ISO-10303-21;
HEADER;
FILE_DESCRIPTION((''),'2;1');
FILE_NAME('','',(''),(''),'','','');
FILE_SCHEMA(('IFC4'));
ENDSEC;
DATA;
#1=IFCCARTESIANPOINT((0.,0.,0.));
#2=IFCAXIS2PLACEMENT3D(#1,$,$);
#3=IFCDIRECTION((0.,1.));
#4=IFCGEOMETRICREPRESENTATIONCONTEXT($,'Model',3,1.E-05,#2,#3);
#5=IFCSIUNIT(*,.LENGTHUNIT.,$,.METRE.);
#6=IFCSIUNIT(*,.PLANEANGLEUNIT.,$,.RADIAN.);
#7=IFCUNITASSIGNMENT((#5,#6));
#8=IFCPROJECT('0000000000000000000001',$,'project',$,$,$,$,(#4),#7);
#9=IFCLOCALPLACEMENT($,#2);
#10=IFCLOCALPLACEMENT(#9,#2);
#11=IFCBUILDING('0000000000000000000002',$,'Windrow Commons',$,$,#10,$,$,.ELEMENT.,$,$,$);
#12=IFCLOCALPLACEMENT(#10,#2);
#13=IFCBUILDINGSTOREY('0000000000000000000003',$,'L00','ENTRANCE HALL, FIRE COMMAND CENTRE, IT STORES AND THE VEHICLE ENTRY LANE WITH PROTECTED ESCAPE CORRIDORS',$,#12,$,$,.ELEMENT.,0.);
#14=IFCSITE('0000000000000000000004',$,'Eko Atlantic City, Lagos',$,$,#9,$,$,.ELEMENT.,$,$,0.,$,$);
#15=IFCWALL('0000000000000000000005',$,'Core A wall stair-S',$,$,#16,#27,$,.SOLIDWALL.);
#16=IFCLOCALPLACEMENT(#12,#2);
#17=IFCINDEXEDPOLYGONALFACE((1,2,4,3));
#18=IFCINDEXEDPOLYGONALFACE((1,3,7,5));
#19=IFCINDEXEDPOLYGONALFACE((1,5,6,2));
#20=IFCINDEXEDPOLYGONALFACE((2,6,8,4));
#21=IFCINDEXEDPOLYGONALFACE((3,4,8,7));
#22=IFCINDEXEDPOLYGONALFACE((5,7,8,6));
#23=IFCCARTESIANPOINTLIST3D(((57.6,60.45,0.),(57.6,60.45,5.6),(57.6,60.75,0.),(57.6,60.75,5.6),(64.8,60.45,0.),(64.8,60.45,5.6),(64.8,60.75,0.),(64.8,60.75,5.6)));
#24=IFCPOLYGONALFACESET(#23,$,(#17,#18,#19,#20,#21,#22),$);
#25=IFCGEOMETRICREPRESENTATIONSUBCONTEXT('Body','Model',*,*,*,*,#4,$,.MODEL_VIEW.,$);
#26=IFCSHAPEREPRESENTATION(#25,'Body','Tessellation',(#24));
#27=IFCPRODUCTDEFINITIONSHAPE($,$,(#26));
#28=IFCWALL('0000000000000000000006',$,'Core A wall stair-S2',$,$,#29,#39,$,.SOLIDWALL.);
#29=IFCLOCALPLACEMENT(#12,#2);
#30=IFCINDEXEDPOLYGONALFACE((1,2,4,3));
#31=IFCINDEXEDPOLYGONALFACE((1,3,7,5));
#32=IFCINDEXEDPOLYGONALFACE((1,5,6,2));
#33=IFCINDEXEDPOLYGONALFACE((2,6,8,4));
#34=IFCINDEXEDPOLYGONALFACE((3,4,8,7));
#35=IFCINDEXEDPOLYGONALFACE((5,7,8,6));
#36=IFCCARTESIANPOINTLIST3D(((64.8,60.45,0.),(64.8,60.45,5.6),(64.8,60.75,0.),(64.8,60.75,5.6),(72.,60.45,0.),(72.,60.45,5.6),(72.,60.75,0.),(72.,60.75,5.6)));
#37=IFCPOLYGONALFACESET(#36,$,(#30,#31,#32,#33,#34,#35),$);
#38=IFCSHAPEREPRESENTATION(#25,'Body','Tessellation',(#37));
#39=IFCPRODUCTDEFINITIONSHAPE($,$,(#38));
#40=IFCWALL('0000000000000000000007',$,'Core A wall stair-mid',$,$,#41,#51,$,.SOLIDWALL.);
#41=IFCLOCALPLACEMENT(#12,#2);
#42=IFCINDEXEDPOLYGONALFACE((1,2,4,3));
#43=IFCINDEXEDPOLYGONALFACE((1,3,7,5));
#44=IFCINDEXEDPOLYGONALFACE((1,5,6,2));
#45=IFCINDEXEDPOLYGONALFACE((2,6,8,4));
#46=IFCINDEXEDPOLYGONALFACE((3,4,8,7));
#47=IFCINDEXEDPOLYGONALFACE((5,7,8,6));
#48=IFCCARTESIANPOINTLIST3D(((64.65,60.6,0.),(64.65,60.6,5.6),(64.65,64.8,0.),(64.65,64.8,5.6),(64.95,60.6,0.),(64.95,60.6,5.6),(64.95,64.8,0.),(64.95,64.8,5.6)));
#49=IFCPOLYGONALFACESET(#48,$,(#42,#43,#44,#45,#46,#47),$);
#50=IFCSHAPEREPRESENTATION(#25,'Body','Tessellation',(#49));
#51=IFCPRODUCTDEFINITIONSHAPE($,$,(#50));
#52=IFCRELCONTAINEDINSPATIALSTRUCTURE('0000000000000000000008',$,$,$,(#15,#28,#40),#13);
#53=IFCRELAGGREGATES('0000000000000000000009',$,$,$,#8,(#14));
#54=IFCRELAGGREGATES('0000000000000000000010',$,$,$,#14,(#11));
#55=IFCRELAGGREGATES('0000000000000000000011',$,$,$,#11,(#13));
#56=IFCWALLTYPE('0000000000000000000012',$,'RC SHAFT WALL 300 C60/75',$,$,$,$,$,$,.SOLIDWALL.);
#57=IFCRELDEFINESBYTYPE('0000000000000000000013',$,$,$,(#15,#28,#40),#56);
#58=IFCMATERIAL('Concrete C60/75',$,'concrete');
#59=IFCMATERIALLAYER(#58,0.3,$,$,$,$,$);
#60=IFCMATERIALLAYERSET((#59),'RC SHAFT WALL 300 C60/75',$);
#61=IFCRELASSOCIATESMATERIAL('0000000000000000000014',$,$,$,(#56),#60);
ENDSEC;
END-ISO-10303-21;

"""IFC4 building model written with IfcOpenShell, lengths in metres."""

from ifc_helpers import new_model, si_unit, direction, frame, frame_2d, origin, place, context, subcontext, project, spatial, rectangle, extrude, material, layer, layer_set, type_object, element, save


model = new_model("IFC4")

# Units and contexts
model_context = context("Model", 3, precision=1e-05, world=origin(), true_north=direction((0.0, 1.0)))
body_context = subcontext(model_context, "Body", "Model", "MODEL_VIEW")
ifc_project = project(units=[si_unit("LENGTHUNIT", "METRE"), si_unit("PLANEANGLEUNIT", "RADIAN")], contexts=[model_context])

# Site, building, storey
site_placement = place(None, origin())
site = spatial("IfcSite", under=ifc_project, at=site_placement, Name="Eko Atlantic City, Lagos", CompositionType="ELEMENT", RefElevation=0.0)
building_placement = place(site_placement, origin())
building = spatial("IfcBuilding", under=site, at=building_placement, Name="Windrow Commons", CompositionType="ELEMENT")
storey_placement = place(building_placement, origin())
storey = spatial("IfcBuildingStorey", under=building, at=storey_placement, Name="L00", Description="ENTRANCE HALL, FIRE COMMAND CENTRE, IT STORES AND THE VEHICLE ENTRY LANE WITH PROTECTED ESCAPE CORRIDORS", CompositionType="ELEMENT", Elevation=0.0)

# Shared definitions
ifc_material_1 = material(Name="Concrete C60/75", Category="concrete")
ifc_layer_1 = layer(ifc_material_1, 0.3)
ifc_layer_set_1 = layer_set([ifc_layer_1], Name="RC SHAFT WALL 300 C60/75")
wall_type_1 = type_object("IfcWallType", Name="RC SHAFT WALL 300 C60/75", PredefinedType="SOLIDWALL", material=ifc_layer_set_1)

# Walls
for number, where, z_axis, x_axis, name in (
    (1, (57.6, 60.6, 0.0), (0.0, 0.0, 1.0), (1.0, 0.0, 0.0), "Core A wall stair-S"),
    (2, (64.8, 60.6, 0.0), (0.0, 0.0, 1.0), (1.0, 0.0, 0.0), "Core A wall stair-S2"),
):
    element("IfcWall", number, at=place(storey_placement, frame(where, z_axis=z_axis, x_axis=x_axis)), inside=storey, type_object=wall_type_1, Name=name, PredefinedType="SOLIDWALL", context=body_context, shape_type="SweptSolid", body=[
        extrude(rectangle(XDim=7.2, YDim=0.3, at=frame_2d((3.6, 0.0))), origin(), (0.0, 0.0, 1.0), 5.6),
    ])
wall_1_placement = place(storey_placement, frame((64.8, 60.6, 0.0), z_axis=(0.0, 0.0, 1.0), x_axis=(0.0, 1.0, 0.0)))
element("IfcWall", 3, at=wall_1_placement, inside=storey, type_object=wall_type_1, Name="Core A wall stair-mid", PredefinedType="SOLIDWALL", context=body_context, shape_type="SweptSolid", body=[
    extrude(rectangle(XDim=4.2, YDim=0.3, at=frame_2d((2.1, 0.0))), origin(), (0.0, 0.0, 1.0), 5.6),
])

save(model, "model.ifc")
